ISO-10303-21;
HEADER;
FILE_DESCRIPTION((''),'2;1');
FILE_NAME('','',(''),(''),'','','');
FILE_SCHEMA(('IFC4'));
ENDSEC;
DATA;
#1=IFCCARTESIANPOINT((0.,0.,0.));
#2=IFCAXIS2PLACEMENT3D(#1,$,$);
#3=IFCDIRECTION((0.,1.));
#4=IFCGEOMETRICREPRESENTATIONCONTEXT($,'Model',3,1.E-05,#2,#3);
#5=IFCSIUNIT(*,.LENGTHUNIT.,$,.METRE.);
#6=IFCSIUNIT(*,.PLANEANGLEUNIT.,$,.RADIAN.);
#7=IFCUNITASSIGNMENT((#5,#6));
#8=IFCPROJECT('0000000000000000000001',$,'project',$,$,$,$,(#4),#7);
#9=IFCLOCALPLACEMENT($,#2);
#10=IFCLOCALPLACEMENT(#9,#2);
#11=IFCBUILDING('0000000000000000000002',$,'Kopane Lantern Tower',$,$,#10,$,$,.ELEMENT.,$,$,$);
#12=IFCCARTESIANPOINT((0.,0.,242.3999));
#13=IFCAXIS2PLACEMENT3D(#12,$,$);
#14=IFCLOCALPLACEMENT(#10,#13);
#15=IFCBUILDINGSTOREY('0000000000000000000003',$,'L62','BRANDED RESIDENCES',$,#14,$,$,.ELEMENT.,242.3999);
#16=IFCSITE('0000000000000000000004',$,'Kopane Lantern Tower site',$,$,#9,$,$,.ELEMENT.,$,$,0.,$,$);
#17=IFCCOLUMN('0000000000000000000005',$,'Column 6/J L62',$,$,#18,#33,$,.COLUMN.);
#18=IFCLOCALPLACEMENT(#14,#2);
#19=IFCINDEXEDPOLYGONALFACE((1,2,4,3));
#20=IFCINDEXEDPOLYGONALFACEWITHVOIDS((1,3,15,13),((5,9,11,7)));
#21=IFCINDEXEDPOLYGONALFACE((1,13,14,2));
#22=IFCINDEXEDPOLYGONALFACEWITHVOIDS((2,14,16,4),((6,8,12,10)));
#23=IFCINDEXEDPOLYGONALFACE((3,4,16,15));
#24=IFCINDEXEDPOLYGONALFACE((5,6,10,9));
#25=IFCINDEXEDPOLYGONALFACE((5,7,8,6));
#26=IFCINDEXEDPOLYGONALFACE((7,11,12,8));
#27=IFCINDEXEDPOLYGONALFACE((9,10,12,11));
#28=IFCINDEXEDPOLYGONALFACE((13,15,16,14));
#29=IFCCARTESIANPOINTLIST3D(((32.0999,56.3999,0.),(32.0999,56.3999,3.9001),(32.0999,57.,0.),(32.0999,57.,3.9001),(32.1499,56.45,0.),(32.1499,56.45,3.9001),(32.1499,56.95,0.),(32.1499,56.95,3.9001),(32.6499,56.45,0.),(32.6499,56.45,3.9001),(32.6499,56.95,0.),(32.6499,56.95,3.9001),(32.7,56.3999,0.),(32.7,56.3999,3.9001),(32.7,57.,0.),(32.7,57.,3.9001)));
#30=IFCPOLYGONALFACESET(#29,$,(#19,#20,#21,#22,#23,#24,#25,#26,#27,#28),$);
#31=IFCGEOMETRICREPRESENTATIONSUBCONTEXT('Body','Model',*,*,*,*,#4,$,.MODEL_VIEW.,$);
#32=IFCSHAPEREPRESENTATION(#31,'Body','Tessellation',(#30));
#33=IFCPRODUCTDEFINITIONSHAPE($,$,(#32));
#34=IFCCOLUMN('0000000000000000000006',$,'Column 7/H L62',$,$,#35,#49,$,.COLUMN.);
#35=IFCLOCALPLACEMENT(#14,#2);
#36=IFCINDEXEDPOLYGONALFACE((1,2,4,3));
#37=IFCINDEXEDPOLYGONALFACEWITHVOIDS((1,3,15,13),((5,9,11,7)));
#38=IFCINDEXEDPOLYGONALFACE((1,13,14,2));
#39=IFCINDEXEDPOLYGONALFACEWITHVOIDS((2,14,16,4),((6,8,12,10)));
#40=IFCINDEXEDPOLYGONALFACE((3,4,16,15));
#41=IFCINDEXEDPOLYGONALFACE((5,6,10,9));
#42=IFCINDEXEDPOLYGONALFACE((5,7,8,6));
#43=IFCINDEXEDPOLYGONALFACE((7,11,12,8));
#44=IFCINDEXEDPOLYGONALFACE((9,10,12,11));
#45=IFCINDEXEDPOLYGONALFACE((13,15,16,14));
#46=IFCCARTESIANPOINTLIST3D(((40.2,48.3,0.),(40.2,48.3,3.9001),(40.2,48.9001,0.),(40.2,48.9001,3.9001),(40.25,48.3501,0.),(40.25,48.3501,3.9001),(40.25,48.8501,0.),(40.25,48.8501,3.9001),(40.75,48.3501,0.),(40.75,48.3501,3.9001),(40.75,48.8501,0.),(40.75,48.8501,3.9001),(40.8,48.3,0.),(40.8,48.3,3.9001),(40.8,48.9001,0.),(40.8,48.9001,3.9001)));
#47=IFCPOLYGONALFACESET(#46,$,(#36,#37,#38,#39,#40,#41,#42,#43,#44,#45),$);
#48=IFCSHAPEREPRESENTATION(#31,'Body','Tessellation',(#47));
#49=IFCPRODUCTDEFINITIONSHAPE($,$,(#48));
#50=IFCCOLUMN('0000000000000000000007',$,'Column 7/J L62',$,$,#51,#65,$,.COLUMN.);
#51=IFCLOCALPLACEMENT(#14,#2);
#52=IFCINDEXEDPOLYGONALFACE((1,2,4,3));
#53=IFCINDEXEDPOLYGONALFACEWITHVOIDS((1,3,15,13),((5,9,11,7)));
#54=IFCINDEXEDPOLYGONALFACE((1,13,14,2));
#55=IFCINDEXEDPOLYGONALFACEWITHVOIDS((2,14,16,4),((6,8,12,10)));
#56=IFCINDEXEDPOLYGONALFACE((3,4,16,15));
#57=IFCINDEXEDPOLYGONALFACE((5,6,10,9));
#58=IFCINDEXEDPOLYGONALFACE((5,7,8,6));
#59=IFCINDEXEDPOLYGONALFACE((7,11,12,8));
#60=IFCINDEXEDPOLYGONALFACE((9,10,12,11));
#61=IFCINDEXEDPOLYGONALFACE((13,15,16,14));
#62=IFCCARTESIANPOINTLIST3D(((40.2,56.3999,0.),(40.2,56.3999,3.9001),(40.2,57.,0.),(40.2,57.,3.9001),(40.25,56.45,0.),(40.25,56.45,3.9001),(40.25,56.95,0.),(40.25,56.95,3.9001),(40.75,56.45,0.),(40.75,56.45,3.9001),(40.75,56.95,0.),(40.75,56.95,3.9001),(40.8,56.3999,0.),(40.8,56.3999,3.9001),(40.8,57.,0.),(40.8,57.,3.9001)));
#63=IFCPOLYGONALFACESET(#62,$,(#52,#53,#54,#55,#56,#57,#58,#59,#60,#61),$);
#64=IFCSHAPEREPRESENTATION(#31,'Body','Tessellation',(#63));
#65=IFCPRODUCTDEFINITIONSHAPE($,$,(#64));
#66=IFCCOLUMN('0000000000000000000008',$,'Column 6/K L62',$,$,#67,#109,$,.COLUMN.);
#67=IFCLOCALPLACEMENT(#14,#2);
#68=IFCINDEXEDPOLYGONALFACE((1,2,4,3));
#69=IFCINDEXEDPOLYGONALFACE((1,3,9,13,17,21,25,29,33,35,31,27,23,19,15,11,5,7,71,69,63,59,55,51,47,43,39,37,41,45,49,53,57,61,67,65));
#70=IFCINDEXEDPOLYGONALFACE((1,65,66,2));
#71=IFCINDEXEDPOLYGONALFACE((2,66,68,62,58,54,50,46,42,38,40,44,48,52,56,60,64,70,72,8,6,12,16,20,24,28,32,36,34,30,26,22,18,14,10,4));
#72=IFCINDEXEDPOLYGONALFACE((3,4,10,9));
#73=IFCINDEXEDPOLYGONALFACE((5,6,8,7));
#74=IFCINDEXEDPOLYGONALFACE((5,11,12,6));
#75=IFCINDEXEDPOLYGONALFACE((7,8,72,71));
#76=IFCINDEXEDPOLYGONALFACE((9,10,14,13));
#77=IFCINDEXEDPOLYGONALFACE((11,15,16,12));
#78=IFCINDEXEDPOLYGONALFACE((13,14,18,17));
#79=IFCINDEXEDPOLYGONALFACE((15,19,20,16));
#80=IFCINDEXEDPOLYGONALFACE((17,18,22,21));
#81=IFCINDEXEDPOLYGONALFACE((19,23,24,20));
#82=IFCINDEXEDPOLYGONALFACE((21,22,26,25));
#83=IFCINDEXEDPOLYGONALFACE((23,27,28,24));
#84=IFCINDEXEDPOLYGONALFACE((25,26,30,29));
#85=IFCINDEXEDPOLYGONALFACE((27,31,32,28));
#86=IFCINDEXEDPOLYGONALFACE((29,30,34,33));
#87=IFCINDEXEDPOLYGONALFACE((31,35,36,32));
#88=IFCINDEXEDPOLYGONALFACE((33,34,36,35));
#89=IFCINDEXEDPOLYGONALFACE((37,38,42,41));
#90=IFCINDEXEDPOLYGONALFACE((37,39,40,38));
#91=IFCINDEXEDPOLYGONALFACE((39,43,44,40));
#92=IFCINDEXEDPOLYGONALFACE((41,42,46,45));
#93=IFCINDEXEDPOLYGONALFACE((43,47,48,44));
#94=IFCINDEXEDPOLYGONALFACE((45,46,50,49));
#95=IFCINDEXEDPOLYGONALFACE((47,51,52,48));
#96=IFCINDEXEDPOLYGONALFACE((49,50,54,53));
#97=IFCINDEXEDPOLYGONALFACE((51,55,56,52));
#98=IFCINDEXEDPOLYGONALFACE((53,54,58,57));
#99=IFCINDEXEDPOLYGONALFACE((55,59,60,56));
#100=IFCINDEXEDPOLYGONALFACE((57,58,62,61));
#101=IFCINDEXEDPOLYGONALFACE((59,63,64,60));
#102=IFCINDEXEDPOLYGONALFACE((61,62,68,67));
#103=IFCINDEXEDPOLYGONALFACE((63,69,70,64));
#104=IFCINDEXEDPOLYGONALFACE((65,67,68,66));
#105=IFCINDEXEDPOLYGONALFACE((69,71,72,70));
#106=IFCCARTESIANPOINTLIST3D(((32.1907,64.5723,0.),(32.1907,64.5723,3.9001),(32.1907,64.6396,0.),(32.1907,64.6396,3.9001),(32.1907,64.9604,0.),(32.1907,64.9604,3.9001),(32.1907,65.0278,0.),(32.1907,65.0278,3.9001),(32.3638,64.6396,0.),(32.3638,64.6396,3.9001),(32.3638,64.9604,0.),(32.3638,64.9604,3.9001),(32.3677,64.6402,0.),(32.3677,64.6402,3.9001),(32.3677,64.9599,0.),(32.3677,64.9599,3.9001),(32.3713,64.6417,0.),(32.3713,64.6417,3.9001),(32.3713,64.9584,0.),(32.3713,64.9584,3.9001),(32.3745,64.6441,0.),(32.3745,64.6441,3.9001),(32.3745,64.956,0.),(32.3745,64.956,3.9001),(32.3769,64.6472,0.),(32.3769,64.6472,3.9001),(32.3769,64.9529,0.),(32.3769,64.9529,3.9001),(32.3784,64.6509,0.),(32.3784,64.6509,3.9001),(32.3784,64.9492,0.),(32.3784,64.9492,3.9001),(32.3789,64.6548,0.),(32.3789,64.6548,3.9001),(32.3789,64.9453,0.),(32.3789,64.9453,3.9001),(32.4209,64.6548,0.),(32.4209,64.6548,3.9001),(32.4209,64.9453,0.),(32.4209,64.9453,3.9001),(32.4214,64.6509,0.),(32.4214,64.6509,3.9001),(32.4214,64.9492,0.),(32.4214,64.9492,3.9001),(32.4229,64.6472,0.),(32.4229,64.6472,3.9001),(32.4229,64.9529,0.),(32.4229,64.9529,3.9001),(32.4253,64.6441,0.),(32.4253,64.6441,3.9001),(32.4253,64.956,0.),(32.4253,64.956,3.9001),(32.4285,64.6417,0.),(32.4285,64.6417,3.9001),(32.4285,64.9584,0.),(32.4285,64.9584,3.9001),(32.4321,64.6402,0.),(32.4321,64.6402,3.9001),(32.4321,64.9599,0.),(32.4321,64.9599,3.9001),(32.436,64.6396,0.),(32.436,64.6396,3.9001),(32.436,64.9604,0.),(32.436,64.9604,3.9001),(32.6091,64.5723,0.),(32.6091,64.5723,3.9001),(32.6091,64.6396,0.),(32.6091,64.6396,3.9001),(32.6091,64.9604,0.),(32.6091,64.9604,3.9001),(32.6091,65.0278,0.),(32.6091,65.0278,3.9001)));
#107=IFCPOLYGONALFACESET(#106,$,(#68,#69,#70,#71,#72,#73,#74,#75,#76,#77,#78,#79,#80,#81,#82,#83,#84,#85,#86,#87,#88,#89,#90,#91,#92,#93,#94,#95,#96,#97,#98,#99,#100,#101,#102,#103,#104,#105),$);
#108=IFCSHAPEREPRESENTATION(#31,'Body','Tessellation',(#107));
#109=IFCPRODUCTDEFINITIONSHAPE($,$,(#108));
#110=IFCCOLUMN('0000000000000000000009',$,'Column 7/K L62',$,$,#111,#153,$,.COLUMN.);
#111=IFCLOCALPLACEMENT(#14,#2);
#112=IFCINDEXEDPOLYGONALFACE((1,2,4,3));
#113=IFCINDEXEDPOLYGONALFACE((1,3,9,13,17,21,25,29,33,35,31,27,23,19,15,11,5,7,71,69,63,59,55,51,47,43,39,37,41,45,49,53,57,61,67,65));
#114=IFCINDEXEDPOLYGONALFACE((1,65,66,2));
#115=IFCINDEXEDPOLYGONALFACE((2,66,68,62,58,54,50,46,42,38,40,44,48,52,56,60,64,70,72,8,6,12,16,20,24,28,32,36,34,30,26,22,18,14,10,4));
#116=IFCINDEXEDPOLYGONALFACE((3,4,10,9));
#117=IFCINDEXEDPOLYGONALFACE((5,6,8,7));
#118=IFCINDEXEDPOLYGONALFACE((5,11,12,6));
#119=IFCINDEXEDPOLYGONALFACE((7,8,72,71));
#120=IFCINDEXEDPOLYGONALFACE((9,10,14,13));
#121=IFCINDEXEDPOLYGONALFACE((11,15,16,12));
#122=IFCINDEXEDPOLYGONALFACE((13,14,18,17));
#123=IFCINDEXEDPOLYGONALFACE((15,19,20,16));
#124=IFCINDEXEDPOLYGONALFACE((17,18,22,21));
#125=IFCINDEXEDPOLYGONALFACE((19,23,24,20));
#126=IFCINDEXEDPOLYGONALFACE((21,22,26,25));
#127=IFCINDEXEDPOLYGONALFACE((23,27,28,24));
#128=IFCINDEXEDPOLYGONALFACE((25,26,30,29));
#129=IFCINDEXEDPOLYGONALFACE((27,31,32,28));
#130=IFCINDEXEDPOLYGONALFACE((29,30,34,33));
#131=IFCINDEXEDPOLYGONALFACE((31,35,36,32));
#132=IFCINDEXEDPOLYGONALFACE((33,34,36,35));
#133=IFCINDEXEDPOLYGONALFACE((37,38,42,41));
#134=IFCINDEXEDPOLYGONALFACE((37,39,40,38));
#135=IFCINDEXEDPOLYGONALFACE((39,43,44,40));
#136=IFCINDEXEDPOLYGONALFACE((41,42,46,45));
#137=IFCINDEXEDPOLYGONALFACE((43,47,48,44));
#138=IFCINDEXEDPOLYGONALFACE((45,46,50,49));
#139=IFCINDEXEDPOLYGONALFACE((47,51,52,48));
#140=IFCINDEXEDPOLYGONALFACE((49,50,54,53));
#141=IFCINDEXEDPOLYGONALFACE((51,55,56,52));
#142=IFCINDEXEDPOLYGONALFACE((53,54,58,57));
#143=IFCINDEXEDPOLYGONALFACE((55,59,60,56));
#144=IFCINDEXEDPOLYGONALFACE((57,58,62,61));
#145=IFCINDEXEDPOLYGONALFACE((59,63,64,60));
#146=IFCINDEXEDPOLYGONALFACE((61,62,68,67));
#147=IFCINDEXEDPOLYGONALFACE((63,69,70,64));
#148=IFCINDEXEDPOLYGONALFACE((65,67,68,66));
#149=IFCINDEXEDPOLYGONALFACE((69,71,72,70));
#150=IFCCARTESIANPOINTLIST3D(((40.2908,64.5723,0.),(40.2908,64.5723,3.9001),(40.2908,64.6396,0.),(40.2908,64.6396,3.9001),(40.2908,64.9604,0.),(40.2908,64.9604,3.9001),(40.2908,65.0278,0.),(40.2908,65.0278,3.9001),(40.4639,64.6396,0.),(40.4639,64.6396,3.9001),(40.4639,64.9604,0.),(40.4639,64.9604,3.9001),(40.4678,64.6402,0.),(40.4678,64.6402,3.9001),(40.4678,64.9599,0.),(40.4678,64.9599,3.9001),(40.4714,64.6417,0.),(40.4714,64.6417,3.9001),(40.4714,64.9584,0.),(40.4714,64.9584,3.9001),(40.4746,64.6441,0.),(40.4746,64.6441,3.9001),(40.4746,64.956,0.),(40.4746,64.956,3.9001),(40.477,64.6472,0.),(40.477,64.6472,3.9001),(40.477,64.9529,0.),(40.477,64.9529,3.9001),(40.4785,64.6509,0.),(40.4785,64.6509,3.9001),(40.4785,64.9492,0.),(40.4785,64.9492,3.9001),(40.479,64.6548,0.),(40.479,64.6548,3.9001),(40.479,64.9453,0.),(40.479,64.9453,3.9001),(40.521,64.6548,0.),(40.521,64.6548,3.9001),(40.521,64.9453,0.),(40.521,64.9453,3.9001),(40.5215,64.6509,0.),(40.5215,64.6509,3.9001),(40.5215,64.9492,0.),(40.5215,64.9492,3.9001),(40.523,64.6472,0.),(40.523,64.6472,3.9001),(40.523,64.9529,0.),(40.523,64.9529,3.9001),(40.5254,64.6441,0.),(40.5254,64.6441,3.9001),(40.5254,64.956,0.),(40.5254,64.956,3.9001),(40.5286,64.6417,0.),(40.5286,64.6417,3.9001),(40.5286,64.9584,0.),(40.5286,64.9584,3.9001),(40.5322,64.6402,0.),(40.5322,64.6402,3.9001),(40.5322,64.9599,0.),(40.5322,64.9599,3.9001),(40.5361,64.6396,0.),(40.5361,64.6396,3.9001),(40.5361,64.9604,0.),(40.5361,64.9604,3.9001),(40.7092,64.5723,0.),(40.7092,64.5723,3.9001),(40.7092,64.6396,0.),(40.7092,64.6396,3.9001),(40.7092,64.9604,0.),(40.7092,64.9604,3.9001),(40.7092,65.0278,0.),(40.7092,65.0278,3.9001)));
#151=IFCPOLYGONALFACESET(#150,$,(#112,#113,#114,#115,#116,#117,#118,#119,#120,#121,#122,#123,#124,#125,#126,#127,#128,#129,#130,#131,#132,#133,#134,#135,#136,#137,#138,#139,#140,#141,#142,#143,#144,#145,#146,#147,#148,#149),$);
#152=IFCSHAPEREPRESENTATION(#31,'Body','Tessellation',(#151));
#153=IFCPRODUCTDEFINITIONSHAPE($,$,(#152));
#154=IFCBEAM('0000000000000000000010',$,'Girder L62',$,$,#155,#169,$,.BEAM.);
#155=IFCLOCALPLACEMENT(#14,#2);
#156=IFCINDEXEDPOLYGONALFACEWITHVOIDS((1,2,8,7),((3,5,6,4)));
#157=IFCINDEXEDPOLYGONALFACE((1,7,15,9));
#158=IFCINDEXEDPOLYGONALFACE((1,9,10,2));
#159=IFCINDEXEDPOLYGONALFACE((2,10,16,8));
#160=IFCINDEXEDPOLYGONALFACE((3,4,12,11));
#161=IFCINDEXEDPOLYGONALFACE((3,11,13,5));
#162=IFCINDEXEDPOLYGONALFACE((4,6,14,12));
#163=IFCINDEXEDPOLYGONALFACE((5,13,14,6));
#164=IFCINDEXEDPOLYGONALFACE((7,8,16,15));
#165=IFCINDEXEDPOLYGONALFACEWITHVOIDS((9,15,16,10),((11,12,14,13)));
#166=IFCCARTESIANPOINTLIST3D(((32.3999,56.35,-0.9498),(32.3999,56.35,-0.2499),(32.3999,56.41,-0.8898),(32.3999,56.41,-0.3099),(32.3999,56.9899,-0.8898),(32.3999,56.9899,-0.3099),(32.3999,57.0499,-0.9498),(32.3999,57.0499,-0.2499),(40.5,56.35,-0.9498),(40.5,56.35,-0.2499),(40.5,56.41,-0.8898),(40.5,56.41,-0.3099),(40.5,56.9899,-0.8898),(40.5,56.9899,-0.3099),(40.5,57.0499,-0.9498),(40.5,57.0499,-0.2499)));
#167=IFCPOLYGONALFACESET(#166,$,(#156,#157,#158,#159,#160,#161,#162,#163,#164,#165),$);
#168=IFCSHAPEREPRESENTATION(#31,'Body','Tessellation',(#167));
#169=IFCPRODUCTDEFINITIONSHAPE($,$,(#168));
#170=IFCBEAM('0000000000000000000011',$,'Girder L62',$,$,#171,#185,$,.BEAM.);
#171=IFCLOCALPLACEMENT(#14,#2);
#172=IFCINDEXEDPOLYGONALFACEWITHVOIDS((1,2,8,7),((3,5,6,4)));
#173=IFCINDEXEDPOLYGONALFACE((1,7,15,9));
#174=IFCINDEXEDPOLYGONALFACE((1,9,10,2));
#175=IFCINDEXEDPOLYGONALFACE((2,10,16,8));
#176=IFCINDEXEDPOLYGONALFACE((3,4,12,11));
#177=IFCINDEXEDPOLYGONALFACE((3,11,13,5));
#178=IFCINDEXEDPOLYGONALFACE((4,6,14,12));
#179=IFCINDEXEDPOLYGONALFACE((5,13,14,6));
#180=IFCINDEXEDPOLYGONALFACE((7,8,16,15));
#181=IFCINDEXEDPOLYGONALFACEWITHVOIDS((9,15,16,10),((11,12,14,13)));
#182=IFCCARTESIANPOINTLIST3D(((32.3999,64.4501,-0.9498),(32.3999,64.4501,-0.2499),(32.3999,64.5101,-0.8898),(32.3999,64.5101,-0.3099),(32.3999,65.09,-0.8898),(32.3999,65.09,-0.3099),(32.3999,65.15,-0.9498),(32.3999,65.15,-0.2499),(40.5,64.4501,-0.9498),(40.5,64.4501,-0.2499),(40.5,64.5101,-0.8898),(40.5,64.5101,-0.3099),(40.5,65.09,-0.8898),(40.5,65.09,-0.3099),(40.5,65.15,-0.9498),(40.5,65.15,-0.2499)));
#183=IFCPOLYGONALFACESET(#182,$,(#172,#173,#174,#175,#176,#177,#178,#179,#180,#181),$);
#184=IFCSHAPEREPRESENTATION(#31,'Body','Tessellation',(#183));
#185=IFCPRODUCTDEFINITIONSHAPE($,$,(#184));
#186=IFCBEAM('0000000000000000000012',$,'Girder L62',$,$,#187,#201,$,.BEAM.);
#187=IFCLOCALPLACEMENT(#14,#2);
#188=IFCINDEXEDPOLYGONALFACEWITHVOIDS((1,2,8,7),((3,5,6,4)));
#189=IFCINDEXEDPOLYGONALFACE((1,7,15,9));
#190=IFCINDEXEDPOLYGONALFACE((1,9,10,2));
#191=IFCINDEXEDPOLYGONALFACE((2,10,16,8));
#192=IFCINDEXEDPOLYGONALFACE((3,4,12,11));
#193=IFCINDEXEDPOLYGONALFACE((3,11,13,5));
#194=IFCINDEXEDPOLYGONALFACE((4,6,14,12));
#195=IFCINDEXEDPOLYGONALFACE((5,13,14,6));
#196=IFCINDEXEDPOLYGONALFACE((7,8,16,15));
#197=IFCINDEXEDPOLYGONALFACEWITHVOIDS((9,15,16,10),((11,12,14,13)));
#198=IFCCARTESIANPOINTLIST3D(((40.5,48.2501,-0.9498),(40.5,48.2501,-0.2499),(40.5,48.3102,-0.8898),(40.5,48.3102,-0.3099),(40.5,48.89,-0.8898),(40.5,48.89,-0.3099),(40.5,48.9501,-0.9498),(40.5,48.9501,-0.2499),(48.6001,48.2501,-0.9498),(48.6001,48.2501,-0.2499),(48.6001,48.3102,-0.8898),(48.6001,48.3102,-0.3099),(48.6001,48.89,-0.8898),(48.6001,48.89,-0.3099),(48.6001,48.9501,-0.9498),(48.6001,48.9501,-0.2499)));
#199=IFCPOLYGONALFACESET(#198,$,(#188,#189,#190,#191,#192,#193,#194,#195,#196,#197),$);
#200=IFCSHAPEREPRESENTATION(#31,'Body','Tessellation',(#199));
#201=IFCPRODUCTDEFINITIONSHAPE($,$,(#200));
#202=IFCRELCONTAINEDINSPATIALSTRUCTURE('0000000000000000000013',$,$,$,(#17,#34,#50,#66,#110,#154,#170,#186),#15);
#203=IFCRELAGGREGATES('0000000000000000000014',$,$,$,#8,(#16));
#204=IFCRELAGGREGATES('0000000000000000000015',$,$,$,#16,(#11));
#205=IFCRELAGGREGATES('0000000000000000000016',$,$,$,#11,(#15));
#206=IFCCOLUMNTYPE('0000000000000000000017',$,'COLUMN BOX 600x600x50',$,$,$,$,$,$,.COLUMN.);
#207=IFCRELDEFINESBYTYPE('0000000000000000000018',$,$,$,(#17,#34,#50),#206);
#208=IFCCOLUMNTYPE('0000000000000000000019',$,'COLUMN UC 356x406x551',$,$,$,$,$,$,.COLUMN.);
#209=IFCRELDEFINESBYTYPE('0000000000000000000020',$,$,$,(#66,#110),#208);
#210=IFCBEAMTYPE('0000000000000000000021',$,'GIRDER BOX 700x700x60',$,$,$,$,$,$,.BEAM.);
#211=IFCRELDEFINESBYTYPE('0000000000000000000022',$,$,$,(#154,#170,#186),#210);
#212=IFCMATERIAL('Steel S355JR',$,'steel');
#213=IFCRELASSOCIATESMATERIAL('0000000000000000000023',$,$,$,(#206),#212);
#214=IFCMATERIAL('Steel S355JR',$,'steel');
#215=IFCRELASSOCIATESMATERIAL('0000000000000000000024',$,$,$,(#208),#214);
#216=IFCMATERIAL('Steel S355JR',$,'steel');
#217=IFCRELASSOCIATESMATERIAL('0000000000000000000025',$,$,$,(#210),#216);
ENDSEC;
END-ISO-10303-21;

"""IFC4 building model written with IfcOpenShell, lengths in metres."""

from ifc_helpers import new_model, si_unit, direction, frame, origin, origin_2d, place, context, subcontext, project, spatial, hollow_rectangle, i_section, extrude, material, material_profile, profile_set, type_object, element, save


model = new_model("IFC4")

# Units and contexts
model_context = context("Model", 3, precision=1e-05, world=origin(), true_north=direction((0.0, 1.0)))
body_context = subcontext(model_context, "Body", "Model", "MODEL_VIEW")
ifc_project = project(units=[si_unit("LENGTHUNIT", "METRE"), si_unit("PLANEANGLEUNIT", "RADIAN")], contexts=[model_context])

# Site, building, storey
site_placement = place(None, origin())
site = spatial("IfcSite", under=ifc_project, at=site_placement, Name="Kopane Lantern Tower site", CompositionType="ELEMENT", RefElevation=0.0)
building_placement = place(site_placement, origin())
building = spatial("IfcBuilding", under=site, at=building_placement, Name="Kopane Lantern Tower", CompositionType="ELEMENT")
storey_placement = place(building_placement, frame((0.0, 0.0, 242.3999)))
storey = spatial("IfcBuildingStorey", under=building, at=storey_placement, Name="L62", Description="BRANDED RESIDENCES", CompositionType="ELEMENT", Elevation=242.3999)

# Columns
ifc_material_1 = material(Name="Steel S355JR", Category="steel")
ifc_material_profile_1 = material_profile(ifc_material_1, hollow_rectangle(XDim=0.6001, YDim=0.6001, WallThickness=0.05, at=origin_2d()), Name="BOX 600x600x50")
ifc_profile_set_1 = profile_set([ifc_material_profile_1], Name="Steel S355JR")
column_type_1 = type_object("IfcColumnType", Name="COLUMN BOX 600x600x50", PredefinedType="COLUMN", material=ifc_profile_set_1)
for number, where, z_axis, x_axis, name in (
    (1, (32.3999, 56.7, 0.0), (0.0, 0.0, 1.0), (1.0, 0.0, 0.0), "Column 6/J L62"),
    (2, (40.5, 48.6001, 0.0), (0.0, 0.0, 1.0), (1.0, 0.0, 0.0), "Column 7/H L62"),
    (3, (40.5, 56.7, 0.0), (0.0, 0.0, 1.0), (1.0, 0.0, 0.0), "Column 7/J L62"),
):
    element("IfcColumn", number, at=place(storey_placement, frame(where, z_axis=z_axis, x_axis=x_axis)), inside=storey, type_object=column_type_1, Name=name, PredefinedType="COLUMN", context=body_context, shape_type="SweptSolid", body=[
        extrude(hollow_rectangle(XDim=0.6001, YDim=0.6001, WallThickness=0.05, at=origin_2d()), origin(), (0.0, 0.0, 1.0), 3.9001),
    ])
ifc_material_2 = material(Name="Steel S355JR", Category="steel")
ifc_material_profile_2 = material_profile(ifc_material_2, i_section(OverallWidth=0.4185, OverallDepth=0.4556, WebThickness=0.042, FlangeThickness=0.0674, FilletRadius=0.0151, at=origin_2d()), Name="UC 356x406x551")
ifc_profile_set_2 = profile_set([ifc_material_profile_2], Name="Steel S355JR")
column_type_2 = type_object("IfcColumnType", Name="COLUMN UC 356x406x551", PredefinedType="COLUMN", material=ifc_profile_set_2)
for number, where, z_axis, x_axis, name in (
    (4, (32.3999, 64.8, 0.0), (0.0, 0.0, 1.0), (1.0, 0.0, 0.0), "Column 6/K L62"),
    (5, (40.5, 64.8, 0.0), (0.0, 0.0, 1.0), (1.0, 0.0, 0.0), "Column 7/K L62"),
):
    element("IfcColumn", number, at=place(storey_placement, frame(where, z_axis=z_axis, x_axis=x_axis)), inside=storey, type_object=column_type_2, Name=name, PredefinedType="COLUMN", context=body_context, shape_type="SweptSolid", body=[
        extrude(i_section(OverallWidth=0.4185, OverallDepth=0.4556, WebThickness=0.042, FlangeThickness=0.0674, FilletRadius=0.0151, at=origin_2d()), origin(), (0.0, 0.0, 1.0), 3.9001),
    ])

# Beams
ifc_material_3 = material(Name="Steel S355JR", Category="steel")
ifc_material_profile_3 = material_profile(ifc_material_3, hollow_rectangle(XDim=0.7, YDim=0.7, WallThickness=0.0601, at=origin_2d()), Name="BOX 700x700x60")
ifc_profile_set_3 = profile_set([ifc_material_profile_3], Name="Steel S355JR")
beam_type = type_object("IfcBeamType", Name="GIRDER BOX 700x700x60", PredefinedType="BEAM", material=ifc_profile_set_3)
for number, where, z_axis, x_axis, name in (
    (6, (32.3999, 56.7, -0.5999), (1.0, 0.0, 0.0), (0.0, 1.0, 0.0), "Girder L62"),
    (7, (32.3999, 64.8, -0.5999), (1.0, 0.0, 0.0), (0.0, 1.0, 0.0), "Girder L62"),
    (8, (40.5, 48.6001, -0.5999), (1.0, 0.0, 0.0), (0.0, 1.0, 0.0), "Girder L62"),
):
    element("IfcBeam", number, at=place(storey_placement, frame(where, z_axis=z_axis, x_axis=x_axis)), inside=storey, type_object=beam_type, Name=name, PredefinedType="BEAM", context=body_context, shape_type="SweptSolid", body=[
        extrude(hollow_rectangle(XDim=0.7, YDim=0.7, WallThickness=0.0601, at=origin_2d()), origin(), (0.0, 0.0, 1.0), 8.1001),
    ])

save(model, "model.ifc")
